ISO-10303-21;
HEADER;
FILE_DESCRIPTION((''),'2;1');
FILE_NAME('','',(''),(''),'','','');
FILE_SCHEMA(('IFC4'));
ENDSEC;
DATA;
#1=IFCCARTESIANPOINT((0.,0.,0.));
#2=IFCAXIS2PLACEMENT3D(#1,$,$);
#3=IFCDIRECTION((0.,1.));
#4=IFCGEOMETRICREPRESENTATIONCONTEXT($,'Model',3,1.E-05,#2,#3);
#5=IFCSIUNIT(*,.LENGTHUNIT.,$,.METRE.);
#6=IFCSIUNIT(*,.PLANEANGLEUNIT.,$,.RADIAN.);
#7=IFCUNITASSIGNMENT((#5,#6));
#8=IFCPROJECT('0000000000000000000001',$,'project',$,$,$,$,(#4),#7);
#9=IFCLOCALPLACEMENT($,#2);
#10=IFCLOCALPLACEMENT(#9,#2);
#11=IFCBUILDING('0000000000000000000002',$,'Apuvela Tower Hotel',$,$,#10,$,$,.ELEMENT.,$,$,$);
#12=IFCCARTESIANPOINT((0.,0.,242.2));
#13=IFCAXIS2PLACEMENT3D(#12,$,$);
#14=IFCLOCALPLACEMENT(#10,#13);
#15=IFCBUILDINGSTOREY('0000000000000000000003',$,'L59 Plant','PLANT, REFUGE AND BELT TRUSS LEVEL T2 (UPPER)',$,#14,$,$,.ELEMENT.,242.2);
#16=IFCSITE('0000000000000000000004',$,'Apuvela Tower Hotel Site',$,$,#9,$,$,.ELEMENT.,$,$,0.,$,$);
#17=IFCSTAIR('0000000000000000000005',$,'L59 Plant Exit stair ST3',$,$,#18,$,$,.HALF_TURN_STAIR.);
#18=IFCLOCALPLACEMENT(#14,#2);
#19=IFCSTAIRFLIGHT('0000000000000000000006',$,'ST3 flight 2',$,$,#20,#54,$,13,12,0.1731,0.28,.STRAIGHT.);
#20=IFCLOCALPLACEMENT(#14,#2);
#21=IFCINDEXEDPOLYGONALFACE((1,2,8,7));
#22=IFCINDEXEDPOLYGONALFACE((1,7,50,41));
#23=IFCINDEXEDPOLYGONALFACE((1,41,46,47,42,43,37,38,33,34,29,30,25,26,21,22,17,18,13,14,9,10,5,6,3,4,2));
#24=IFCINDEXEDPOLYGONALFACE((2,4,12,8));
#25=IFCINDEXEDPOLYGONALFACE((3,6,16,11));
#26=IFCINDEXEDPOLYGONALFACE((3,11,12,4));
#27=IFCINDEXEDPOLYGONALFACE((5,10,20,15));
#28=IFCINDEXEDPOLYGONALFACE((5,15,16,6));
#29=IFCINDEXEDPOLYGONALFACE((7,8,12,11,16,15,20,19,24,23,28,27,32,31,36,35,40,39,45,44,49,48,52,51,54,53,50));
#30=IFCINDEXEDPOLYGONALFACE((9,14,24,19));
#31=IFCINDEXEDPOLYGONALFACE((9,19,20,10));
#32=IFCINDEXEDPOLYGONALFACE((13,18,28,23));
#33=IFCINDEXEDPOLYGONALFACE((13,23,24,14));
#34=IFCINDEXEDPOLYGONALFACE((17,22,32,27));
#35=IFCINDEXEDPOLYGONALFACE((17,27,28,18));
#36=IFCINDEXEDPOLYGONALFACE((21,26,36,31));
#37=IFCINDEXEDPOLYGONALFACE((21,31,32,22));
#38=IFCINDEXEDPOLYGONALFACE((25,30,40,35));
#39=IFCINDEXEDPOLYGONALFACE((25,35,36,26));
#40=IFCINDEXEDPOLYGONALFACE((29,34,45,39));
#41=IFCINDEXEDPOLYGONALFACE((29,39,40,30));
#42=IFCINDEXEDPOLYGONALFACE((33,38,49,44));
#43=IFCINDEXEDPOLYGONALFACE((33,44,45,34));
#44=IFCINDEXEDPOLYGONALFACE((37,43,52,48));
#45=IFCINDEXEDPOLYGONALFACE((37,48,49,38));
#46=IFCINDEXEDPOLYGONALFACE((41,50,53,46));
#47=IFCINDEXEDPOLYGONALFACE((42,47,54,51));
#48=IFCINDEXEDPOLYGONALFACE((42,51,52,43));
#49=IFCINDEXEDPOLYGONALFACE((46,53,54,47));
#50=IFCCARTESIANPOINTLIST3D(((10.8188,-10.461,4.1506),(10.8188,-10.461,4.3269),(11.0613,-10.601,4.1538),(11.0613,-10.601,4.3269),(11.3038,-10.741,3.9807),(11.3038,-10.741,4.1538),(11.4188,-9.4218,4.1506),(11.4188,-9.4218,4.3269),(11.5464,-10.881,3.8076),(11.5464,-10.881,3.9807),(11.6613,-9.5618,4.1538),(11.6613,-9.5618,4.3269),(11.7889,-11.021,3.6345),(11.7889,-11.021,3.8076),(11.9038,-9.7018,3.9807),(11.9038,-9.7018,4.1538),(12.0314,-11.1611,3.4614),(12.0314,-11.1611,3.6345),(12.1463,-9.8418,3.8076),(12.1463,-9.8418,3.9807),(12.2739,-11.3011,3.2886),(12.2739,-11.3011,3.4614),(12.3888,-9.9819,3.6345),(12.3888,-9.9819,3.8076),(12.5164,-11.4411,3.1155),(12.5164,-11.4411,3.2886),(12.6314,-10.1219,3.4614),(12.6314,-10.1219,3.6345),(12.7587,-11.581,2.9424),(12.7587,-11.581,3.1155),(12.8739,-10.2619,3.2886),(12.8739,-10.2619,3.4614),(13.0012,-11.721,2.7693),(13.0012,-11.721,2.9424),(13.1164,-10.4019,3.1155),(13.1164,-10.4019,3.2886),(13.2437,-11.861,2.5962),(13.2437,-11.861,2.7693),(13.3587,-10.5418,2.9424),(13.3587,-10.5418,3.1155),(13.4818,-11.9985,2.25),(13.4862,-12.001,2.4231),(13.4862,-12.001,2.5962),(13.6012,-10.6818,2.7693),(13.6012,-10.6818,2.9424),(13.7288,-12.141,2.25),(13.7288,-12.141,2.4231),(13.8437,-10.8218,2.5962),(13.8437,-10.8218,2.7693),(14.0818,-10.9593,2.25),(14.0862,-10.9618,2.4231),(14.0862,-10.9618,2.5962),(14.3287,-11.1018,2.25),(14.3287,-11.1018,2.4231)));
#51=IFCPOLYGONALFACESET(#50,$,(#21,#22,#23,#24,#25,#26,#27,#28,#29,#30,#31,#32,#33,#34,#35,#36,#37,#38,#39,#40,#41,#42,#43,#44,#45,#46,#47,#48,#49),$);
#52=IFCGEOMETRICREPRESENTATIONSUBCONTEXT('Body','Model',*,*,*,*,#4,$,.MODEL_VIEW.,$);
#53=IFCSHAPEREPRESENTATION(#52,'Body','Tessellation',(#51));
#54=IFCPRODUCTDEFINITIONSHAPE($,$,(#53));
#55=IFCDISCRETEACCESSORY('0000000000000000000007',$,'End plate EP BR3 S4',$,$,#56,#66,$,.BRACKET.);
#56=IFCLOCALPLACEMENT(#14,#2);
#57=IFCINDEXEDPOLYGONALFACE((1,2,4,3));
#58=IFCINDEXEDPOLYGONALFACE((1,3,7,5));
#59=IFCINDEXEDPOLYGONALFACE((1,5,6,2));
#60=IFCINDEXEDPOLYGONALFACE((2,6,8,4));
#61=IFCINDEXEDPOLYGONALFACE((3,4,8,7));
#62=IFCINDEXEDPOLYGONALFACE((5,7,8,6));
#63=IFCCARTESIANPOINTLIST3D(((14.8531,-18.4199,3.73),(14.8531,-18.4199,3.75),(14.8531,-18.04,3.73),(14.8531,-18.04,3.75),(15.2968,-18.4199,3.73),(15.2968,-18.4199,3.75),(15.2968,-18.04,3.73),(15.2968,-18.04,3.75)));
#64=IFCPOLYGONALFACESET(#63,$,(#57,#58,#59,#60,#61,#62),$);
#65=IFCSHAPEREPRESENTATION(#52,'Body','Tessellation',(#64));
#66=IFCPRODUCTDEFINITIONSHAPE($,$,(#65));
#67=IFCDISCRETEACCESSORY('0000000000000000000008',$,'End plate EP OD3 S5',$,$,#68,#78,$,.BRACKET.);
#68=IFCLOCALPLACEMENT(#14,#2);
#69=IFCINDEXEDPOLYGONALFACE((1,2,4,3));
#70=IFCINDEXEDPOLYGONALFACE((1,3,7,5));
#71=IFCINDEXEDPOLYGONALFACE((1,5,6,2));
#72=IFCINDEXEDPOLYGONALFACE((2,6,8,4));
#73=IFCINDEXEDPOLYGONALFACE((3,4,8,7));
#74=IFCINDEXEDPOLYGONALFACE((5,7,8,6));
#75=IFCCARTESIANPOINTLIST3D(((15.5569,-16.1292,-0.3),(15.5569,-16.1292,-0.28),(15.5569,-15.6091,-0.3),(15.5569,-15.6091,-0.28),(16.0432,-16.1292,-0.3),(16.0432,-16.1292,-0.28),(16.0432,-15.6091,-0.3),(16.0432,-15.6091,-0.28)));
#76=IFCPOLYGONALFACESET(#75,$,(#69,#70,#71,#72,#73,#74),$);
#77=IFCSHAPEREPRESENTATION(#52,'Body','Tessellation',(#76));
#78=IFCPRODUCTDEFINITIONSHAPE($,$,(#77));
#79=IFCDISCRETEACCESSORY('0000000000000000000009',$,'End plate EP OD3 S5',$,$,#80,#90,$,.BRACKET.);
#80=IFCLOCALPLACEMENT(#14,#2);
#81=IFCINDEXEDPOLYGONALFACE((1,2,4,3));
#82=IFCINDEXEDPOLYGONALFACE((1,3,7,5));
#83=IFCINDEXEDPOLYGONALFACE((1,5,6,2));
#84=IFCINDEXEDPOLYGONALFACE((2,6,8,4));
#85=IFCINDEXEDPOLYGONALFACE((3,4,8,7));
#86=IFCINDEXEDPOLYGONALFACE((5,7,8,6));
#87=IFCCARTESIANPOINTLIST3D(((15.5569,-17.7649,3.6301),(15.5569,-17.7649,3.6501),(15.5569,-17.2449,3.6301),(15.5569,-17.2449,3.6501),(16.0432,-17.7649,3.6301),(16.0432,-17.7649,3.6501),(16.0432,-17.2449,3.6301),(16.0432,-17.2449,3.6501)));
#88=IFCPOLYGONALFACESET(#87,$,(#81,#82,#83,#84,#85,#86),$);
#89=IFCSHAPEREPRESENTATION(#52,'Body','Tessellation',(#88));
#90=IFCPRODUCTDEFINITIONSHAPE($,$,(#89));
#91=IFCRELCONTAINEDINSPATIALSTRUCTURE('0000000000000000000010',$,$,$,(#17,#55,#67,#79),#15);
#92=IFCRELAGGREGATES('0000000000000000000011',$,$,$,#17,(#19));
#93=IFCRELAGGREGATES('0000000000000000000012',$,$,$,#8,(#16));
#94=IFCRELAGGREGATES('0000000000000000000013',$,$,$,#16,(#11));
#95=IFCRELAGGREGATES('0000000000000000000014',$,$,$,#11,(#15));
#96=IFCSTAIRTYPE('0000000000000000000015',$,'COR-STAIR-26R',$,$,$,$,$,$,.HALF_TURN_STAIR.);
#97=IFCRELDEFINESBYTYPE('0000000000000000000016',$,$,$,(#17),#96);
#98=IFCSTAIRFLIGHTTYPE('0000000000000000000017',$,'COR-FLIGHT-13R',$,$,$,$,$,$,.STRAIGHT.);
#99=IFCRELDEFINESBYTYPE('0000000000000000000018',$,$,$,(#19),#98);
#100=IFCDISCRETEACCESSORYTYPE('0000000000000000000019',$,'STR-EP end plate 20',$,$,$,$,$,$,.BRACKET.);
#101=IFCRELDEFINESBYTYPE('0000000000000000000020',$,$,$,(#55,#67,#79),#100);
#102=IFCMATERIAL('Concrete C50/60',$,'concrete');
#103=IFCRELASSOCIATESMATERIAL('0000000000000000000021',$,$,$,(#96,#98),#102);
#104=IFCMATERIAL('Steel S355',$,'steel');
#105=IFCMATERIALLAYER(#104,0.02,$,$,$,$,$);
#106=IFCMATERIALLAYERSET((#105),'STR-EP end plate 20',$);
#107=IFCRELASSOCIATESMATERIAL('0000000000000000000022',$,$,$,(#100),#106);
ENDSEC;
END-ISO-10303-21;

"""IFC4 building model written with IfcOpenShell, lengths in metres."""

from ifc_helpers import new_model, si_unit, direction, frame, origin, origin_2d, place, context, subcontext, project, spatial, polyline, rectangle, outline, extrude, material, layer, layer_set, type_object, element, aggregate, save


model = new_model("IFC4")

# Units and contexts
model_context = context("Model", 3, precision=1e-05, world=origin(), true_north=direction((0.0, 1.0)))
body_context = subcontext(model_context, "Body", "Model", "MODEL_VIEW")
ifc_project = project(units=[si_unit("LENGTHUNIT", "METRE"), si_unit("PLANEANGLEUNIT", "RADIAN")], contexts=[model_context])

# Site, building, storey
site_placement = place(None, origin())
site = spatial("IfcSite", under=ifc_project, at=site_placement, Name="Apuvela Tower Hotel Site", CompositionType="ELEMENT", RefElevation=0.0)
building_placement = place(site_placement, origin())
building = spatial("IfcBuilding", under=site, at=building_placement, Name="Apuvela Tower Hotel", CompositionType="ELEMENT")
storey_placement = place(building_placement, frame((0.0, 0.0, 242.2)))
storey = spatial("IfcBuildingStorey", under=building, at=storey_placement, Name="L59 Plant", Description="PLANT, REFUGE AND BELT TRUSS LEVEL T2 (UPPER)", CompositionType="ELEMENT", Elevation=242.2)

# Shared definitions
ifc_material_1 = material(Name="Steel S355", Category="steel")

# Shared definitions
ifc_material_2 = material(Name="Concrete C50/60", Category="concrete")

# Stair, stair flight
stair_type = type_object("IfcStairType", Name="COR-STAIR-26R", PredefinedType="HALF_TURN_STAIR", material=ifc_material_2)
stair_placement = place(storey_placement, origin())
stair = element("IfcStair", 1, at=stair_placement, inside=storey, type_object=stair_type, Name="L59 Plant Exit stair ST3", PredefinedType="HALF_TURN_STAIR")
stair_flight_type = type_object("IfcStairFlightType", Name="COR-FLIGHT-13R", PredefinedType="STRAIGHT", material=ifc_material_2)
stair_flight_placement = place(storey_placement, frame((14.0288, -11.6213, 2.25), z_axis=(0.0, 0.0, 1.0), x_axis=(-0.866025, 0.5, 0.0)))
stair_flight = element("IfcStairFlight", 2, at=stair_flight_placement, type_object=stair_flight_type, Name="ST3 flight 2", NumberOfRisers=13, NumberOfTreads=12, PredefinedType="STRAIGHT", RiserHeight=0.1731, TreadLength=0.28, context=body_context, shape_type="SweptSolid", body=[
    extrude(outline(polyline([(0.0, 0.0), (0.0, 0.1731), (0.28, 0.1731), (0.28, 0.3462), (0.5601, 0.3462), (0.5601, 0.5193), (0.8401, 0.5193), (0.8401, 0.6924), (1.1201, 0.6924), (1.1201, 0.8655), (1.3999, 0.8655), (1.3999, 1.0386), (1.6799, 1.0386), (1.6799, 1.2114), (1.96, 1.2114), (1.96, 1.3845), (2.24, 1.3845), (2.24, 1.5576), (2.52, 1.5576), (2.52, 1.7307), (2.8, 1.7307), (2.8, 1.9038), (3.0801, 1.9038), (3.0801, 2.0769), (3.3601, 2.0769), (3.3601, 2.25), (3.3601, 1.9006), (0.2852, 0.0), (0.0, 0.0)])), frame((0.0, 0.6001, 0.0), z_axis=(0.0, -1.0, 0.0), x_axis=(1.0, 0.0, 0.0)), (0.0, 0.0, 1.0), 1.2),
])
aggregate(stair, [stair_flight])

# Discrete accessories
ifc_layer_1 = layer(ifc_material_1, 0.02)
ifc_layer_set_1 = layer_set([ifc_layer_1], Name="STR-EP end plate 20")
discrete_accessory_type = type_object("IfcDiscreteAccessoryType", Name="STR-EP end plate 20", PredefinedType="BRACKET", material=ifc_layer_set_1)
discrete_accessory_placement = place(storey_placement, frame((15.075, -18.23, 3.73), z_axis=(0.0, 0.0, 1.0), x_axis=(1.0, 0.0, 0.0)))
element("IfcDiscreteAccessory", 3, at=discrete_accessory_placement, inside=storey, type_object=discrete_accessory_type, Name="End plate EP BR3 S4", PredefinedType="BRACKET", context=body_context, shape_type="SweptSolid", body=[
    extrude(rectangle(XDim=0.4436, YDim=0.3799, at=origin_2d()), origin(), (0.0, 0.0, 1.0), 0.02),
])
for number, where, z_axis, x_axis, name in (
    (4, (15.8, -15.8691, -0.3), (0.0, 0.0, 1.0), (0.0, -1.0, 0.0), "End plate EP OD3 S5"),
    (5, (15.8, -17.5049, 3.6301), (0.0, 0.0, 1.0), (0.0, -1.0, 0.0), "End plate EP OD3 S5"),
):
    element("IfcDiscreteAccessory", number, at=place(storey_placement, frame(where, z_axis=z_axis, x_axis=x_axis)), inside=storey, type_object=discrete_accessory_type, Name=name, PredefinedType="BRACKET", context=body_context, shape_type="SweptSolid", body=[
        extrude(rectangle(XDim=0.52, YDim=0.4863, at=origin_2d()), origin(), (0.0, 0.0, 1.0), 0.02),
    ])

save(model, "model.ifc")
